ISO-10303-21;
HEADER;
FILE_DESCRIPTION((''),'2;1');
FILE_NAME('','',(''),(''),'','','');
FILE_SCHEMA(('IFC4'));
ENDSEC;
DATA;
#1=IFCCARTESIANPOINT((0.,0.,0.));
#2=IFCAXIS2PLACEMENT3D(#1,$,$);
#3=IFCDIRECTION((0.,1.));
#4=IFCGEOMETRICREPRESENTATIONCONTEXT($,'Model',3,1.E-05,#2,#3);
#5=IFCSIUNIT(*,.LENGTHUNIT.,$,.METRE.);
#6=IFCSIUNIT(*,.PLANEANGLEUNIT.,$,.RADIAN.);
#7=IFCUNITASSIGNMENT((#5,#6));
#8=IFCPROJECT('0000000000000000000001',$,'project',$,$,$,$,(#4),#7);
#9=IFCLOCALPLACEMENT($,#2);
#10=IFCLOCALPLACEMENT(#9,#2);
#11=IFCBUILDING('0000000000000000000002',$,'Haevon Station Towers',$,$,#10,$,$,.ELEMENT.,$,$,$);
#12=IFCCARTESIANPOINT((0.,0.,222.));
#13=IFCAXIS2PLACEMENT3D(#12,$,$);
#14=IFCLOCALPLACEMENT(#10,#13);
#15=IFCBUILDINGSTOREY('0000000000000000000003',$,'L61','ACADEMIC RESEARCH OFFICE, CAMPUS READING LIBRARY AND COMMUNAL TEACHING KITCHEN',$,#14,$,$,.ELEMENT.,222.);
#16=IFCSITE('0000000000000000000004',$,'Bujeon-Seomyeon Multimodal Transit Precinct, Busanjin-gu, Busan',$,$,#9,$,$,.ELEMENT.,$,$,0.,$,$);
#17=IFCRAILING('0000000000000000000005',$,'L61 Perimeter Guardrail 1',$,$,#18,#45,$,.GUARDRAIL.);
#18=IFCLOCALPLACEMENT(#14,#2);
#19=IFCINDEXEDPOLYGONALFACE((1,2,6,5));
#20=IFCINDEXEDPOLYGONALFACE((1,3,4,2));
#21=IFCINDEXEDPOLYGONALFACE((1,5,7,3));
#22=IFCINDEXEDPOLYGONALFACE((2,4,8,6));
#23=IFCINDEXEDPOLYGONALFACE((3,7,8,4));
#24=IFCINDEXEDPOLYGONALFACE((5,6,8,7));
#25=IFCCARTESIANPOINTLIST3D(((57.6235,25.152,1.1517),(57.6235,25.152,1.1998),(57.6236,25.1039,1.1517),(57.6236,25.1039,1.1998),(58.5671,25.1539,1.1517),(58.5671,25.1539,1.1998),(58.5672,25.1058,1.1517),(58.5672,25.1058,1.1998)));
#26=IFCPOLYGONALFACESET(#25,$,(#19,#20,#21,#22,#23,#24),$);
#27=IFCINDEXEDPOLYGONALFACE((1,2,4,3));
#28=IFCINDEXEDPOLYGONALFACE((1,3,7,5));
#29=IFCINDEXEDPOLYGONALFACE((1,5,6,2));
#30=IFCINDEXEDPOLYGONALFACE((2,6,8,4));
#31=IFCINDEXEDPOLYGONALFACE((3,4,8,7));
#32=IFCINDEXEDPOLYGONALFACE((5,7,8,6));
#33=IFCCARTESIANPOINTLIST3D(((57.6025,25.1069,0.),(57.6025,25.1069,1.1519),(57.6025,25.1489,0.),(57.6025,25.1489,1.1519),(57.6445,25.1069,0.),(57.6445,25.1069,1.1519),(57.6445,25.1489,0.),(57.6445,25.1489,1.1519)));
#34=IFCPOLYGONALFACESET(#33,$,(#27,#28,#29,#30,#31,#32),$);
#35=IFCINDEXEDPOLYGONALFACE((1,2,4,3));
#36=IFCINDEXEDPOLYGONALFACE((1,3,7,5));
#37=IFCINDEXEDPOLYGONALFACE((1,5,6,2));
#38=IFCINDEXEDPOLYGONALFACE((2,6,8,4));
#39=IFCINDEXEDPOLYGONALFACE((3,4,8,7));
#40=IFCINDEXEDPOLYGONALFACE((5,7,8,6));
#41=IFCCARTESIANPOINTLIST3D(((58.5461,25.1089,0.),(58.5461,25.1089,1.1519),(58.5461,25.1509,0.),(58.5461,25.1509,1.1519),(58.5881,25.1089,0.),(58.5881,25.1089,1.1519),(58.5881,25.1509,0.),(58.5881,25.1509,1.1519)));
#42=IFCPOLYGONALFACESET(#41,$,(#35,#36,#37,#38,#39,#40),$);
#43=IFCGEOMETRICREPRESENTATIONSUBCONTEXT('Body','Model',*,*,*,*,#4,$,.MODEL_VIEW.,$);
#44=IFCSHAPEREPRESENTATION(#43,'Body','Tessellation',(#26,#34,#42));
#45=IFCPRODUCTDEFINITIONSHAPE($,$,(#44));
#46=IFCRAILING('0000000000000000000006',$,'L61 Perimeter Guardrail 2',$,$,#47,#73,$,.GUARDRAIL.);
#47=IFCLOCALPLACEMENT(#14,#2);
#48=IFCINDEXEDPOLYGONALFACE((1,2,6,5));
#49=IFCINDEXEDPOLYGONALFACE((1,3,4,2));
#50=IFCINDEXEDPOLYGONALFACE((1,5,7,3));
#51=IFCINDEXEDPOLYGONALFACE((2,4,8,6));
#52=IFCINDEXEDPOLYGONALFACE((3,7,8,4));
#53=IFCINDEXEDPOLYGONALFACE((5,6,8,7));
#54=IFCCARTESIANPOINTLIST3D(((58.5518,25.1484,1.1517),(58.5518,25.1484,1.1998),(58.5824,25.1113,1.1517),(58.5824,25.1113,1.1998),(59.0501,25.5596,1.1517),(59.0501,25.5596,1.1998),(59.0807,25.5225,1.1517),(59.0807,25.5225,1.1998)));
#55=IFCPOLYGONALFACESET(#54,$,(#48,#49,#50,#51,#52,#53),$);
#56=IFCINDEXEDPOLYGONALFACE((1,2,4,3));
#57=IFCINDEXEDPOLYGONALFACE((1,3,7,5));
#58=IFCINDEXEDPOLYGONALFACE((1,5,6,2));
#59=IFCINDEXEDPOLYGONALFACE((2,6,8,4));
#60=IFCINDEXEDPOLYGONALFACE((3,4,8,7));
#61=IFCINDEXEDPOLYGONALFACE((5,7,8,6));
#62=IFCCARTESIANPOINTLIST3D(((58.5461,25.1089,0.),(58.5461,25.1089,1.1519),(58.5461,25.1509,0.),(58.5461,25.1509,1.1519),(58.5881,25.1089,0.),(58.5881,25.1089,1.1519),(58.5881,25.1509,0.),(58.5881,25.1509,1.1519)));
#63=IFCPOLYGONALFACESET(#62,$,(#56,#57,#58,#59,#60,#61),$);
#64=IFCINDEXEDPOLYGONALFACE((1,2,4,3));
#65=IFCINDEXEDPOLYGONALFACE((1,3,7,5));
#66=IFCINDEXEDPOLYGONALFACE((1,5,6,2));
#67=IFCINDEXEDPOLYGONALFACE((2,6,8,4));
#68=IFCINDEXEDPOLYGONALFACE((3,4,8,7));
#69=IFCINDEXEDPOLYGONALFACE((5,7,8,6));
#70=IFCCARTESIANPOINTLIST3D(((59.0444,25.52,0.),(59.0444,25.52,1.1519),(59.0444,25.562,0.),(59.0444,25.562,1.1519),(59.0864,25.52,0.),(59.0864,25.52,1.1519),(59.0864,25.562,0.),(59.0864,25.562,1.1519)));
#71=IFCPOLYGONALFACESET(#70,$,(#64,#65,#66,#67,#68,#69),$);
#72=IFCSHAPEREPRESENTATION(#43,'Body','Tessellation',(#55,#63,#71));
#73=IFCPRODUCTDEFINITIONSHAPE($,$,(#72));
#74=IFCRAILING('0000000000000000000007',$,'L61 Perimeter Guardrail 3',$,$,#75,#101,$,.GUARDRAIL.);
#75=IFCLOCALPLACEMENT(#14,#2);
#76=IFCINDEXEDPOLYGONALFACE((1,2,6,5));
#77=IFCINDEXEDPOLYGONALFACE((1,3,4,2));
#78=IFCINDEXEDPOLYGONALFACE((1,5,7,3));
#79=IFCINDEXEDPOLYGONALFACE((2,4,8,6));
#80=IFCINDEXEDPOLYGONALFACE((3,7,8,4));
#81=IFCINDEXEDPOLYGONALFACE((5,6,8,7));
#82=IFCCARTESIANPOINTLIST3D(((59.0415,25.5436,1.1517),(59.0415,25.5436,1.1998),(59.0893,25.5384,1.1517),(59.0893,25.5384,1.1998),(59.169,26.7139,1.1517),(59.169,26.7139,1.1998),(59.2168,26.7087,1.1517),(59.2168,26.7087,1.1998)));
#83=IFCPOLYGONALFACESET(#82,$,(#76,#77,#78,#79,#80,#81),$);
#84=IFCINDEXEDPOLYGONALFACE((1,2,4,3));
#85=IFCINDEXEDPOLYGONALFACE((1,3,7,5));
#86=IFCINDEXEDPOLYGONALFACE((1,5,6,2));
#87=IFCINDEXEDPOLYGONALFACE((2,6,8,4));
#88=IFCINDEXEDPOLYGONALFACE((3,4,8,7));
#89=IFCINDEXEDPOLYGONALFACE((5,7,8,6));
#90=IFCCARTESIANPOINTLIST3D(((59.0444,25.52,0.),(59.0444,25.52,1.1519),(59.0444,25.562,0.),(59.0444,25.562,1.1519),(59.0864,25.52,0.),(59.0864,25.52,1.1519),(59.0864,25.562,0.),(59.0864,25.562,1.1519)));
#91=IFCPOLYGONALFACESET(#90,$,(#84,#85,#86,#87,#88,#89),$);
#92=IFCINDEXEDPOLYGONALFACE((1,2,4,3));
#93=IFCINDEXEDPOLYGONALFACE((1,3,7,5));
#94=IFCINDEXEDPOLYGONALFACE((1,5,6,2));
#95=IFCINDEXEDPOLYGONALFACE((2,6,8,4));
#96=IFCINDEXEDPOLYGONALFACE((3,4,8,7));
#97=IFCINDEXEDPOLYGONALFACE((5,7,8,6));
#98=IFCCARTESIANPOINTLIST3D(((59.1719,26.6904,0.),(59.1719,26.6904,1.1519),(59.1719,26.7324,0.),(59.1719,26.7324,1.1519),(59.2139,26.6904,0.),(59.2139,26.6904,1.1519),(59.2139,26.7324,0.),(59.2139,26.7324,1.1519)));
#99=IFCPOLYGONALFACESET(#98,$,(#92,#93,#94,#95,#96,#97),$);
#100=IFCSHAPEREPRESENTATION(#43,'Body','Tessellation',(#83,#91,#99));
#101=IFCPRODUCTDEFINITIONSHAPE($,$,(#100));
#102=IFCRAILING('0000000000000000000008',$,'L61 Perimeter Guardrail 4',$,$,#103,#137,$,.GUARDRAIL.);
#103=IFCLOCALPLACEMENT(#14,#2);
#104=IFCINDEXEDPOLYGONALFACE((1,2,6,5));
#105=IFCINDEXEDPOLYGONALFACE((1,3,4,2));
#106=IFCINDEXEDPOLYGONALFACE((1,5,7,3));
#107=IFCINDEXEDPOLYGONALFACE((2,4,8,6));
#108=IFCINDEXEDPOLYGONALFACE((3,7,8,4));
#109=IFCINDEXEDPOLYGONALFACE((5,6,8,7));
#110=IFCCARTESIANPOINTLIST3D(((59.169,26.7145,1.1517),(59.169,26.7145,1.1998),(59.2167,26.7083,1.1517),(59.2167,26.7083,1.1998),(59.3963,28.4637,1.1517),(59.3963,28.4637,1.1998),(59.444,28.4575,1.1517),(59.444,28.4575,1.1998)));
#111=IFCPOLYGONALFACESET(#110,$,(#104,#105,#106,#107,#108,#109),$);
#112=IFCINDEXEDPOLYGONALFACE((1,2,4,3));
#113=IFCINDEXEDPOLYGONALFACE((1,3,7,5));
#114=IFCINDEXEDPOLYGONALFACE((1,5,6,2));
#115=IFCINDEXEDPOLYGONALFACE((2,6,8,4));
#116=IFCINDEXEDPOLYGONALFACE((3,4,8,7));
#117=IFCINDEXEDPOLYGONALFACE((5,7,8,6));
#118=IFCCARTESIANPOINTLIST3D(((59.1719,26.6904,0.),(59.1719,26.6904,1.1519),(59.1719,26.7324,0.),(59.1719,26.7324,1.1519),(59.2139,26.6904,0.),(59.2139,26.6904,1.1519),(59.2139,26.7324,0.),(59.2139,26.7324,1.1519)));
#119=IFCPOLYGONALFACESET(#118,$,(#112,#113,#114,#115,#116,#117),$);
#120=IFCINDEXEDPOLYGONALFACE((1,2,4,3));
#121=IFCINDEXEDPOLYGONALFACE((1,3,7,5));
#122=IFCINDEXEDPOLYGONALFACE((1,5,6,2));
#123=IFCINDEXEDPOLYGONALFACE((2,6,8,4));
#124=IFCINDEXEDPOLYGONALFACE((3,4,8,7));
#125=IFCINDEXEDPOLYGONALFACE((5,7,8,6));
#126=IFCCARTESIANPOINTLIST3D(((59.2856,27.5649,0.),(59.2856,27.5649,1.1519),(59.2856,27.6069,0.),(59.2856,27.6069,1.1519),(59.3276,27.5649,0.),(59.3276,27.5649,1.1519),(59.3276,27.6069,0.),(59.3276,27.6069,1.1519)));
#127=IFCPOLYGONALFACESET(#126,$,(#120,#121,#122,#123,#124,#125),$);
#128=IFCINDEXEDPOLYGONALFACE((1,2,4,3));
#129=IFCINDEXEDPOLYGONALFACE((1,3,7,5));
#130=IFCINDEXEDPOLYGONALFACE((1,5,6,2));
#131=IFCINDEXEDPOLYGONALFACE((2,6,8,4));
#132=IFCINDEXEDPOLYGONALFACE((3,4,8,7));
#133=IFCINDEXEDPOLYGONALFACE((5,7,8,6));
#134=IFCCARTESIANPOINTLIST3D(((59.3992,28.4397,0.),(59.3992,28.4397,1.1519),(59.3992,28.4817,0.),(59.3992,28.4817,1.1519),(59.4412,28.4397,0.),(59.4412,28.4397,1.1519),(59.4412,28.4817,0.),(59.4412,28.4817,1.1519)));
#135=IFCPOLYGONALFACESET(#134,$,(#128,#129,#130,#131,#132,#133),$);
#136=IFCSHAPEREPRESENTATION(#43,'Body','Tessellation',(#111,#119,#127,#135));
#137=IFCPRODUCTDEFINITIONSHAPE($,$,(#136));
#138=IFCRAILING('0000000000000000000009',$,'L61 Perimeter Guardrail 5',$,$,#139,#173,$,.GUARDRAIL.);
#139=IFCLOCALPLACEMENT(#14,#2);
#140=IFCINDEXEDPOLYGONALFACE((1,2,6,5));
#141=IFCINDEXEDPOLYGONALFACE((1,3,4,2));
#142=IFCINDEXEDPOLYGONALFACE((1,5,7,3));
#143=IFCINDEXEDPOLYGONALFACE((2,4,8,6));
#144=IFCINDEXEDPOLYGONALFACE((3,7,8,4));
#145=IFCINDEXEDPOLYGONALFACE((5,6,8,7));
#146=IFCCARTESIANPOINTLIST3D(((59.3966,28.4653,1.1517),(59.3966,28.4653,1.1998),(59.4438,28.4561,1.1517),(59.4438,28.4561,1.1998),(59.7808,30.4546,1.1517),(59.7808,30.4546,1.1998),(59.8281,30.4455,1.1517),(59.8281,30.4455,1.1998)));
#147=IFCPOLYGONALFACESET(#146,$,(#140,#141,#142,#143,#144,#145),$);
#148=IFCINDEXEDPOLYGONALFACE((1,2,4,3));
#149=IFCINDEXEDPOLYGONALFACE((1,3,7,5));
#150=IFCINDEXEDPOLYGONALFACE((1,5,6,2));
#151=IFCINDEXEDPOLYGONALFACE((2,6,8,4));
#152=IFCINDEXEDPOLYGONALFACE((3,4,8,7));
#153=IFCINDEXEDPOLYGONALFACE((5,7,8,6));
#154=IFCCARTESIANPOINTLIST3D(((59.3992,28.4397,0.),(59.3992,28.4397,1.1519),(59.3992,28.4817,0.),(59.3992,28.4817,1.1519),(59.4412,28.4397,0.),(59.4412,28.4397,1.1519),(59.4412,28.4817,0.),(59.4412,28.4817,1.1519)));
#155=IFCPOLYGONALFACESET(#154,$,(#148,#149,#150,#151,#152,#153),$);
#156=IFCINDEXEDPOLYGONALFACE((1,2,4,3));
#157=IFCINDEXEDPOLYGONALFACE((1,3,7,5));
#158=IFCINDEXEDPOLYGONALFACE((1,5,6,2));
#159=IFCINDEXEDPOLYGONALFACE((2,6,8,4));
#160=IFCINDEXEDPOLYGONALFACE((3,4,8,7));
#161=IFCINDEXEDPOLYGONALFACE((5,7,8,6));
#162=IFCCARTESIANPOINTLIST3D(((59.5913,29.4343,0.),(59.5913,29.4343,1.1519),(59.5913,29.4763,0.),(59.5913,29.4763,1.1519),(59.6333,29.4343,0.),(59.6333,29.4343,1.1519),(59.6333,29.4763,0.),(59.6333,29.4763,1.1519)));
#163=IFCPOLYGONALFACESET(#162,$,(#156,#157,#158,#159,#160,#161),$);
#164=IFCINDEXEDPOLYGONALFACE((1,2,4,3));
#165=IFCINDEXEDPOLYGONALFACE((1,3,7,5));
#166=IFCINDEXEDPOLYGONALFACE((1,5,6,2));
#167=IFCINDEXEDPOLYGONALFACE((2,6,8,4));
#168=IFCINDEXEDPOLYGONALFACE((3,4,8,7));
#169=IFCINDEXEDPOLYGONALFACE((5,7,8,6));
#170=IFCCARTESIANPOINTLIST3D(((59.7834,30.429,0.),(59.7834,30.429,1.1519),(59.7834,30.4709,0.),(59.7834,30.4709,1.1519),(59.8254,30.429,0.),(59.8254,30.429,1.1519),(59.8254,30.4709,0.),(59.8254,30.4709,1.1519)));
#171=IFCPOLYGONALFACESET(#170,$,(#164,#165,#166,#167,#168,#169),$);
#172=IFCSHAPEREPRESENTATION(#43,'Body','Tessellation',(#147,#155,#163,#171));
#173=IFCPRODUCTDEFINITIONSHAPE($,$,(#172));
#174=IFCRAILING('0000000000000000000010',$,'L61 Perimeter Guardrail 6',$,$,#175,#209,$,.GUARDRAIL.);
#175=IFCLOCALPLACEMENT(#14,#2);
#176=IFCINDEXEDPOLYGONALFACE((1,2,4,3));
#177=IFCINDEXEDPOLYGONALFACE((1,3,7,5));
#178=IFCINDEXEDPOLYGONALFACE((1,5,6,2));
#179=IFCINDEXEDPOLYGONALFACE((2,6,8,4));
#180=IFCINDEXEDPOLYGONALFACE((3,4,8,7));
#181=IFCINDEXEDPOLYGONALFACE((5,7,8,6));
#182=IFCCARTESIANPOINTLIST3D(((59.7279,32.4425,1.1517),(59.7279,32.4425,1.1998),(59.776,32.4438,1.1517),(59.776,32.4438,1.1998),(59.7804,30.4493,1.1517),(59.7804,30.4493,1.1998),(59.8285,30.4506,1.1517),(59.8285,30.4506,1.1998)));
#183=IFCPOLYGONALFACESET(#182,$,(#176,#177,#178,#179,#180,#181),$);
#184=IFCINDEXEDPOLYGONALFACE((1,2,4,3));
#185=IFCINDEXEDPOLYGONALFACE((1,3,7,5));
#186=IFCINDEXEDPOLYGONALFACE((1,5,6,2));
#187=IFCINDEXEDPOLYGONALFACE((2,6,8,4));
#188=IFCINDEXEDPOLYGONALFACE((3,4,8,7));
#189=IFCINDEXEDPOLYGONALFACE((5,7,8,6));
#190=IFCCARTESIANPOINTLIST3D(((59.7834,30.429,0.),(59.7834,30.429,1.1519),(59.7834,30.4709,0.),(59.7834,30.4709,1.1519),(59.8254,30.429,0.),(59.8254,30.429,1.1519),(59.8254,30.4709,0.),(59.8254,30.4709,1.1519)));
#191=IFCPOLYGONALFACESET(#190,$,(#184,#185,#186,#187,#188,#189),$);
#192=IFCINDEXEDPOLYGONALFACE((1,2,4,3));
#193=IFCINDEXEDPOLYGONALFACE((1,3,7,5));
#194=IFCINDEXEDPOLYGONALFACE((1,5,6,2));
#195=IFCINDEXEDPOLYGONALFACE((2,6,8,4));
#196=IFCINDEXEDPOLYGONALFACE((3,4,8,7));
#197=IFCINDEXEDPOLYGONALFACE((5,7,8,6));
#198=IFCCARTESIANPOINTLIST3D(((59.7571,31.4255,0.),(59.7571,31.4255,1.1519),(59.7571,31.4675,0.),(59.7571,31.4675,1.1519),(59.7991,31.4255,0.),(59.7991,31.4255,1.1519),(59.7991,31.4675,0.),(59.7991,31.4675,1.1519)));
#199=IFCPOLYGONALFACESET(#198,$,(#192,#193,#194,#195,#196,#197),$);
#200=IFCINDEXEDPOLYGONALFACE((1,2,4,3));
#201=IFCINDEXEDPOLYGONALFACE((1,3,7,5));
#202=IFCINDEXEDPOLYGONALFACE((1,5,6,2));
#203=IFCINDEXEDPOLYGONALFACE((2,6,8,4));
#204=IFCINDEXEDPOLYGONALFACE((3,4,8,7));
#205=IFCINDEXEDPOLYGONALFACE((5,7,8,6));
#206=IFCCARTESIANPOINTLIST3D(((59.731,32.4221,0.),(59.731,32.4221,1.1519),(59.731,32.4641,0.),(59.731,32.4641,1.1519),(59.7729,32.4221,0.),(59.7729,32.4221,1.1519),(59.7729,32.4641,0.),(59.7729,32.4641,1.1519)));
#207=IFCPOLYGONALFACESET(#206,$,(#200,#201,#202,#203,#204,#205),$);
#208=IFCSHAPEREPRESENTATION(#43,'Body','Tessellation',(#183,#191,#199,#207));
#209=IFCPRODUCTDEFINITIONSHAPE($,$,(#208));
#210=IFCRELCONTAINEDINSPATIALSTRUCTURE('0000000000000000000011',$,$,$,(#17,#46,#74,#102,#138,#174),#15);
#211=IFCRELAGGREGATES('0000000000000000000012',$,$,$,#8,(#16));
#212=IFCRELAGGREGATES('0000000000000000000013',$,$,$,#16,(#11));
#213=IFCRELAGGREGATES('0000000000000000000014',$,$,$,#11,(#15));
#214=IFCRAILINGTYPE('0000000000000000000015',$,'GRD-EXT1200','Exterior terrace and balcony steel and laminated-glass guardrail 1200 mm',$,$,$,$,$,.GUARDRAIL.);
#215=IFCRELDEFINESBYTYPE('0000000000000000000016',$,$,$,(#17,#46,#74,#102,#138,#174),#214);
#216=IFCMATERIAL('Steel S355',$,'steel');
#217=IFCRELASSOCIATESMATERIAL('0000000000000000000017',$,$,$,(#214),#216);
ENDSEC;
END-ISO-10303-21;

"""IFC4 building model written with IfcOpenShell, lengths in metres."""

from ifc_helpers import new_model, si_unit, direction, frame, origin, origin_2d, place, context, subcontext, project, spatial, rectangle, extrude, material, type_object, element, save


model = new_model("IFC4")

# Units and contexts
model_context = context("Model", 3, precision=1e-05, world=origin(), true_north=direction((0.0, 1.0)))
body_context = subcontext(model_context, "Body", "Model", "MODEL_VIEW")
ifc_project = project(units=[si_unit("LENGTHUNIT", "METRE"), si_unit("PLANEANGLEUNIT", "RADIAN")], contexts=[model_context])

# Site, building, storey
site_placement = place(None, origin())
site = spatial("IfcSite", under=ifc_project, at=site_placement, Name="Bujeon-Seomyeon Multimodal Transit Precinct, Busanjin-gu, Busan", CompositionType="ELEMENT", RefElevation=0.0)
building_placement = place(site_placement, origin())
building = spatial("IfcBuilding", under=site, at=building_placement, Name="Haevon Station Towers", CompositionType="ELEMENT")
storey_placement = place(building_placement, frame((0.0, 0.0, 222.0)))
storey = spatial("IfcBuildingStorey", under=building, at=storey_placement, Name="L61", Description="ACADEMIC RESEARCH OFFICE, CAMPUS READING LIBRARY AND COMMUNAL TEACHING KITCHEN", CompositionType="ELEMENT", Elevation=222.0)

# Shared definitions
ifc_material_1 = material(Name="Steel S355", Category="steel")

# Railings
railing_type = type_object("IfcRailingType", Name="GRD-EXT1200", Description="Exterior terrace and balcony steel and laminated-glass guardrail 1200 mm", PredefinedType="GUARDRAIL", material=ifc_material_1)
railing_1_placement = place(storey_placement, frame((57.6235, 25.1279, 0.0)))
element("IfcRailing", 1, at=railing_1_placement, inside=storey, type_object=railing_type, Name="L61 Perimeter Guardrail 1", PredefinedType="GUARDRAIL", context=body_context, shape_type="SweptSolid", body=[
    extrude(rectangle(XDim=0.0481, YDim=0.0481, at=origin_2d()), frame((0.0, 0.0, 1.1758), z_axis=(0.999998, 0.00207, 0.0), x_axis=(-0.00207, 0.999998, 0.0)), (0.0, 0.0, 1.0), 0.9436),
    extrude(rectangle(XDim=0.042, YDim=0.042, at=origin_2d()), origin(), (0.0, 0.0, 1.0), 1.1519),
    extrude(rectangle(XDim=0.042, YDim=0.042, at=origin_2d()), frame((0.9436, 0.002, 0.0)), (0.0, 0.0, 1.0), 1.1519),
])
railing_2_placement = place(storey_placement, frame((58.5671, 25.1299, 0.0)))
element("IfcRailing", 2, at=railing_2_placement, inside=storey, type_object=railing_type, Name="L61 Perimeter Guardrail 2", PredefinedType="GUARDRAIL", context=body_context, shape_type="SweptSolid", body=[
    extrude(rectangle(XDim=0.0481, YDim=0.0481, at=origin_2d()), frame((0.0, 0.0, 1.1758), z_axis=(0.771341, 0.636422, 0.0), x_axis=(-0.636422, 0.771341, 0.0)), (0.0, 0.0, 1.0), 0.646),
    extrude(rectangle(XDim=0.042, YDim=0.042, at=origin_2d()), origin(), (0.0, 0.0, 1.0), 1.1519),
    extrude(rectangle(XDim=0.042, YDim=0.042, at=origin_2d()), frame((0.4983, 0.4111, 0.0)), (0.0, 0.0, 1.0), 1.1519),
])
railing_3_placement = place(storey_placement, frame((59.0654, 25.541, 0.0)))
element("IfcRailing", 3, at=railing_3_placement, inside=storey, type_object=railing_type, Name="L61 Perimeter Guardrail 3", PredefinedType="GUARDRAIL", context=body_context, shape_type="SweptSolid", body=[
    extrude(rectangle(XDim=0.0481, YDim=0.0481, at=origin_2d()), frame((0.0, 0.0, 1.1758), z_axis=(0.108246, 0.994124, 0.0), x_axis=(-0.994124, 0.108246, 0.0)), (0.0, 0.0, 1.0), 1.1772),
    extrude(rectangle(XDim=0.042, YDim=0.042, at=origin_2d()), origin(), (0.0, 0.0, 1.0), 1.1519),
    extrude(rectangle(XDim=0.042, YDim=0.042, at=origin_2d()), frame((0.1274, 1.1704, 0.0)), (0.0, 0.0, 1.0), 1.1519),
])
railing_4_placement = place(storey_placement, frame((59.1929, 26.7114, 0.0)))
element("IfcRailing", 4, at=railing_4_placement, inside=storey, type_object=railing_type, Name="L61 Perimeter Guardrail 4", PredefinedType="GUARDRAIL", context=body_context, shape_type="SweptSolid", body=[
    extrude(rectangle(XDim=0.0481, YDim=0.0481, at=origin_2d()), frame((0.0, 0.0, 1.1758), z_axis=(0.128854, 0.991664, 0.0), x_axis=(-0.991664, 0.128854, 0.0)), (0.0, 0.0, 1.0), 1.7639),
    extrude(rectangle(XDim=0.042, YDim=0.042, at=origin_2d()), origin(), (0.0, 0.0, 1.0), 1.1519),
    extrude(rectangle(XDim=0.042, YDim=0.042, at=origin_2d()), frame((0.1138, 0.8745, 0.0)), (0.0, 0.0, 1.0), 1.1519),
    extrude(rectangle(XDim=0.042, YDim=0.042, at=origin_2d()), frame((0.2273, 1.7493, 0.0)), (0.0, 0.0, 1.0), 1.1519),
])
railing_5_placement = place(storey_placement, frame((59.4202, 28.4607, 0.0)))
element("IfcRailing", 5, at=railing_5_placement, inside=storey, type_object=railing_type, Name="L61 Perimeter Guardrail 5", PredefinedType="GUARDRAIL", context=body_context, shape_type="SweptSolid", body=[
    extrude(rectangle(XDim=0.0481, YDim=0.0481, at=origin_2d()), frame((0.0, 0.0, 1.1758), z_axis=(0.18967, 0.981848, 0.0), x_axis=(-0.981848, 0.18967, 0.0)), (0.0, 0.0, 1.0), 2.0261),
    extrude(rectangle(XDim=0.042, YDim=0.042, at=origin_2d()), origin(), (0.0, 0.0, 1.0), 1.1519),
    extrude(rectangle(XDim=0.042, YDim=0.042, at=origin_2d()), frame((0.1921, 0.9946, 0.0)), (0.0, 0.0, 1.0), 1.1519),
    extrude(rectangle(XDim=0.042, YDim=0.042, at=origin_2d()), frame((0.3843, 1.9893, 0.0)), (0.0, 0.0, 1.0), 1.1519),
])
railing_6_placement = place(storey_placement, frame((59.8044, 30.45, 0.0)))
element("IfcRailing", 6, at=railing_6_placement, inside=storey, type_object=railing_type, Name="L61 Perimeter Guardrail 6", PredefinedType="GUARDRAIL", context=body_context, shape_type="SweptSolid", body=[
    extrude(rectangle(XDim=0.0481, YDim=0.0481, at=origin_2d()), frame((0.0, 0.0, 1.1758), z_axis=(-0.026326, 0.999653, 0.0), x_axis=(-0.999653, -0.026326, 0.0)), (0.0, 0.0, 1.0), 1.9939),
    extrude(rectangle(XDim=0.042, YDim=0.042, at=origin_2d()), origin(), (0.0, 0.0, 1.0), 1.1519),
    extrude(rectangle(XDim=0.042, YDim=0.042, at=origin_2d()), frame((-0.0264, 0.9966, 0.0)), (0.0, 0.0, 1.0), 1.1519),
    extrude(rectangle(XDim=0.042, YDim=0.042, at=origin_2d()), frame((-0.0525, 1.9932, 0.0)), (0.0, 0.0, 1.0), 1.1519),
])

save(model, "model.ifc")
